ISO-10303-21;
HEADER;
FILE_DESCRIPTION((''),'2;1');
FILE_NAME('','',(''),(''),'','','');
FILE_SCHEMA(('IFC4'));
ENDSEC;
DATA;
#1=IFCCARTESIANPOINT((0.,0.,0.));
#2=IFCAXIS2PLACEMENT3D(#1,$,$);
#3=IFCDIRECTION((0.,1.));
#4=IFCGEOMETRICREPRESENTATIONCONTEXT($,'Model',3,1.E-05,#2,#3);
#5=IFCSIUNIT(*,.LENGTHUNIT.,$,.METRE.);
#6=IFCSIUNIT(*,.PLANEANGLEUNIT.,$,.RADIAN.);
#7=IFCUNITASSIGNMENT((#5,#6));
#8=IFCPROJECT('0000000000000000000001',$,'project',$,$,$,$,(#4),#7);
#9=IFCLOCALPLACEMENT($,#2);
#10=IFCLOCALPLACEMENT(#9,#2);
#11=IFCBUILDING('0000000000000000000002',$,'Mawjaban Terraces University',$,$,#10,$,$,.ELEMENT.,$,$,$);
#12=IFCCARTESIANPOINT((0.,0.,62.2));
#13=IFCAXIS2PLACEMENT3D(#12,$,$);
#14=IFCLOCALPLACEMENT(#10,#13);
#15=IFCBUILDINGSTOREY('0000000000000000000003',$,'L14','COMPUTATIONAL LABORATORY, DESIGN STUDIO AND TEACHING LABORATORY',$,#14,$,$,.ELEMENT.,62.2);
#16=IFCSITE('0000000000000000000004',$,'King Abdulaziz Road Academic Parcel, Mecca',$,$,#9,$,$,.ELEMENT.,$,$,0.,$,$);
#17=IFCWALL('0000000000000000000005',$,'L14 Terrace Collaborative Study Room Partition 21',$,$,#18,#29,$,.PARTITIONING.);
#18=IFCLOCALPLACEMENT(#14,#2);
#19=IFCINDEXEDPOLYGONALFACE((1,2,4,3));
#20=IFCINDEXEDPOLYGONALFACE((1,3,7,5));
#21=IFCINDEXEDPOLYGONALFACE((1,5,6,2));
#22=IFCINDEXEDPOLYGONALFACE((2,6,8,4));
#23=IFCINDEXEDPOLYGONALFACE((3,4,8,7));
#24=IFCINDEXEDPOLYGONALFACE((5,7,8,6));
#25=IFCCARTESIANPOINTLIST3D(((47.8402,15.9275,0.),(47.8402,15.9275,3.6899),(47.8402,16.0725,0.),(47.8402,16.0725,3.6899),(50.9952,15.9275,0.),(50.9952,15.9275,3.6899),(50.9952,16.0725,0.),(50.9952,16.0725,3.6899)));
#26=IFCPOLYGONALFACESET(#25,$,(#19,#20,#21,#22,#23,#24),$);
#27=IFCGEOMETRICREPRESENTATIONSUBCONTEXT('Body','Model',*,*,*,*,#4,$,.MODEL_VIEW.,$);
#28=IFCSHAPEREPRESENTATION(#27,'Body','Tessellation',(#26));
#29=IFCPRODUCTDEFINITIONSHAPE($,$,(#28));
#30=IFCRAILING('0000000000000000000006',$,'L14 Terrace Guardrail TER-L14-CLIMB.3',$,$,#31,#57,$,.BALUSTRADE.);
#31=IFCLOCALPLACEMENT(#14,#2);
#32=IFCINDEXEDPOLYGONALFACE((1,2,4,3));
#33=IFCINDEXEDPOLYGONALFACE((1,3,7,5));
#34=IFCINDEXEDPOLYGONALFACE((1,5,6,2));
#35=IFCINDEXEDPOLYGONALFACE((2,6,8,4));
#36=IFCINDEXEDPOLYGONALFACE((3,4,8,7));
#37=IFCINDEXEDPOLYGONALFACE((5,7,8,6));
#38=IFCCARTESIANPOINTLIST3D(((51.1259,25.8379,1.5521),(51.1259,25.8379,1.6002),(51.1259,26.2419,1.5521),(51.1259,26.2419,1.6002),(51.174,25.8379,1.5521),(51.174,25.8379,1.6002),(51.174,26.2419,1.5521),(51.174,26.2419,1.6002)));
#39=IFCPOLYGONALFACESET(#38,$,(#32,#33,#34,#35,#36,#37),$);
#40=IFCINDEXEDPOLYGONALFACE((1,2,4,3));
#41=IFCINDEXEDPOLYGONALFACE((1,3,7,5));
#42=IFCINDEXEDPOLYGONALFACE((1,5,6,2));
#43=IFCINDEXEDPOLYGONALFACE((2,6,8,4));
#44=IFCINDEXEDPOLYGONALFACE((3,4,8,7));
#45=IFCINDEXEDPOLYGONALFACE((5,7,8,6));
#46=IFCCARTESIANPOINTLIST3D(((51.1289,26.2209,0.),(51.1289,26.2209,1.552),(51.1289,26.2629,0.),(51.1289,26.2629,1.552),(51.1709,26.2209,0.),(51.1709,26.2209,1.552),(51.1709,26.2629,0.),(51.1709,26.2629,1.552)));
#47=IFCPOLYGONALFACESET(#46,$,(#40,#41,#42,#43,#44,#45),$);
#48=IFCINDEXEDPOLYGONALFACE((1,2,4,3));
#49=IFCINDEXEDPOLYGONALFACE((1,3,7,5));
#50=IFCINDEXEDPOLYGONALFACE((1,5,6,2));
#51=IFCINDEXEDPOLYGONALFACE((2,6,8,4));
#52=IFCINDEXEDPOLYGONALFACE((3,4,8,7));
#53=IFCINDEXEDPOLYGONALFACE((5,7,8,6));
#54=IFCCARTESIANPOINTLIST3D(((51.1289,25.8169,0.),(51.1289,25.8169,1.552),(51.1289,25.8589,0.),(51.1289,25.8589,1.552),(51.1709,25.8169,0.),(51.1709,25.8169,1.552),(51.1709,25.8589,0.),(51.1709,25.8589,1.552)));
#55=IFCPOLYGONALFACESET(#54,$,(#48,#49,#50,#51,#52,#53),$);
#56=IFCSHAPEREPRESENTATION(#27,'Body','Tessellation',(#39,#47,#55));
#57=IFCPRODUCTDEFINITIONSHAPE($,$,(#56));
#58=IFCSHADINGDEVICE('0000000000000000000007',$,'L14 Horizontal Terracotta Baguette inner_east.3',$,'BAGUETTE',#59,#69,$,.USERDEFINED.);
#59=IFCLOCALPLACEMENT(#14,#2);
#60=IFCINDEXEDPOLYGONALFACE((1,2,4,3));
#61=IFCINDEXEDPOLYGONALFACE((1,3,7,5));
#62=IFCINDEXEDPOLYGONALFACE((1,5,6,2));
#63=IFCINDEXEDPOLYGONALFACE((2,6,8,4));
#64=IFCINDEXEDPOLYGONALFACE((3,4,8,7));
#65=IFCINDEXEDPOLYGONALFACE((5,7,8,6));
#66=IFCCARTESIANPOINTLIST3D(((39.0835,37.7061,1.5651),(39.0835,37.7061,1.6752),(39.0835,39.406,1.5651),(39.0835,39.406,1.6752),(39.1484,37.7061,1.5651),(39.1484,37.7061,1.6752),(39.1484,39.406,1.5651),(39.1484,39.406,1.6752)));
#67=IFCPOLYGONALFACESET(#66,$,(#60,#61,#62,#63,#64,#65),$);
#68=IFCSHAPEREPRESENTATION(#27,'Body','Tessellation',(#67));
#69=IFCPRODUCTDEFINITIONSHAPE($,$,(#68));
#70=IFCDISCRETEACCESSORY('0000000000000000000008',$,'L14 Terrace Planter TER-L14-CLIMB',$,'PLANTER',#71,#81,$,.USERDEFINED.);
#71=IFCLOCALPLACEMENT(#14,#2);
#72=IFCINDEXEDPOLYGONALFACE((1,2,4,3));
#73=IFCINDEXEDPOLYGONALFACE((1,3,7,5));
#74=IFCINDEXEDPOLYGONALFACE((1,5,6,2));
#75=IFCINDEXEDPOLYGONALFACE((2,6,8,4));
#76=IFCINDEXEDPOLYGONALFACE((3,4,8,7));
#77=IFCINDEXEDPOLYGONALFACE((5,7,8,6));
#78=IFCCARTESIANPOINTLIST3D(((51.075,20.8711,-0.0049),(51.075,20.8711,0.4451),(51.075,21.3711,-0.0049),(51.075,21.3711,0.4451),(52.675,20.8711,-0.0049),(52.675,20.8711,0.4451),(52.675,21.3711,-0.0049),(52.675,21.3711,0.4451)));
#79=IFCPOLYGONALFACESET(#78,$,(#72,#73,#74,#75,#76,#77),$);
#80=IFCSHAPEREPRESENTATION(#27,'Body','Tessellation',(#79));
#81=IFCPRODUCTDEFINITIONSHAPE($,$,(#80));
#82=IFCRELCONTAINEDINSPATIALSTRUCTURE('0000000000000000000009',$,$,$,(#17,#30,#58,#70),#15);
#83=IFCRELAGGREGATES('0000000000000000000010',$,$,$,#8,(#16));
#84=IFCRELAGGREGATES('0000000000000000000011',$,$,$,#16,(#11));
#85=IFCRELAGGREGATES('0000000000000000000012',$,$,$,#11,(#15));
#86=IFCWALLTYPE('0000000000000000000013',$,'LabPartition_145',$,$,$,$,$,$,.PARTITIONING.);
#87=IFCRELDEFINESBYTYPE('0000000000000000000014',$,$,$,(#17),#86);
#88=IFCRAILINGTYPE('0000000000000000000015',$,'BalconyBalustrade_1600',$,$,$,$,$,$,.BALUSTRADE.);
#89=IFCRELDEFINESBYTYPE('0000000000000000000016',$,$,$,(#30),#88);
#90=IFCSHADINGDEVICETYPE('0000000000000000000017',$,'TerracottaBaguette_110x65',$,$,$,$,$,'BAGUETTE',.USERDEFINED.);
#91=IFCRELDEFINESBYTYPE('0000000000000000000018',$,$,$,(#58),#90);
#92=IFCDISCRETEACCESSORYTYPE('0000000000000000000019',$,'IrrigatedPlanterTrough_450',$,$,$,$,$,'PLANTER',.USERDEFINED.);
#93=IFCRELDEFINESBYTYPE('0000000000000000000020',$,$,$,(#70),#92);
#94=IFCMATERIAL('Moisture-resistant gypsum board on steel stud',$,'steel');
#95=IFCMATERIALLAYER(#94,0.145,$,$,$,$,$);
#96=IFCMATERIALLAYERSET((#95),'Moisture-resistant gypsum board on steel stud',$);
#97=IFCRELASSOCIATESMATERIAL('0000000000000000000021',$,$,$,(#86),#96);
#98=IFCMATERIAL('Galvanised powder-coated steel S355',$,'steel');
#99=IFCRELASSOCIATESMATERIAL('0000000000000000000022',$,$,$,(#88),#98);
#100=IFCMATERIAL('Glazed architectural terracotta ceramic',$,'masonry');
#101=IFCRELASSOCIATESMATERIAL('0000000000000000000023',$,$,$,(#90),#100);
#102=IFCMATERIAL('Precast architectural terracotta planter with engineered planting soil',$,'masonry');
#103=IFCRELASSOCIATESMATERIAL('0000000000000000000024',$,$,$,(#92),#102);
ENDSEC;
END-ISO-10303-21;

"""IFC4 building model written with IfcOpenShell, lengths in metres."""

from ifc_helpers import new_model, si_unit, direction, frame, frame_2d, origin, origin_2d, place, context, subcontext, project, spatial, rectangle, extrude, material, layer, layer_set, material_profile, profile_set, type_object, element, save


model = new_model("IFC4")

# Units and contexts
model_context = context("Model", 3, precision=1e-05, world=origin(), true_north=direction((0.0, 1.0)))
body_context = subcontext(model_context, "Body", "Model", "MODEL_VIEW")
ifc_project = project(units=[si_unit("LENGTHUNIT", "METRE"), si_unit("PLANEANGLEUNIT", "RADIAN")], contexts=[model_context])

# Site, building, storey
site_placement = place(None, origin())
site = spatial("IfcSite", under=ifc_project, at=site_placement, Name="King Abdulaziz Road Academic Parcel, Mecca", CompositionType="ELEMENT", RefElevation=0.0)
building_placement = place(site_placement, origin())
building = spatial("IfcBuilding", under=site, at=building_placement, Name="Mawjaban Terraces University", CompositionType="ELEMENT")
storey_placement = place(building_placement, frame((0.0, 0.0, 62.2)))
storey = spatial("IfcBuildingStorey", under=building, at=storey_placement, Name="L14", Description="COMPUTATIONAL LABORATORY, DESIGN STUDIO AND TEACHING LABORATORY", CompositionType="ELEMENT", Elevation=62.2)

# Wall
ifc_material_1 = material(Name="Moisture-resistant gypsum board on steel stud", Category="steel")
ifc_layer_1 = layer(ifc_material_1, 0.145)
ifc_layer_set_1 = layer_set([ifc_layer_1], Name="Moisture-resistant gypsum board on steel stud")
wall_type_1 = type_object("IfcWallType", Name="LabPartition_145", PredefinedType="PARTITIONING", material=ifc_layer_set_1)
wall_1_placement = place(storey_placement, frame((47.8401, 16.0, 0.0), z_axis=(0.0, 0.0, 1.0), x_axis=(1.0, 0.0, 0.0)))
element("IfcWall", 1, at=wall_1_placement, inside=storey, type_object=wall_type_1, Name="L14 Terrace Collaborative Study Room Partition 21", PredefinedType="PARTITIONING", context=body_context, shape_type="SweptSolid", body=[
    extrude(rectangle(XDim=3.155, YDim=0.145, at=frame_2d((1.5776, 0.0))), origin(), (0.0, 0.0, 1.0), 3.6899),
])

# Railing
ifc_material_2 = material(Name="Galvanised powder-coated steel S355", Category="steel")
railing_type = type_object("IfcRailingType", Name="BalconyBalustrade_1600", PredefinedType="BALUSTRADE", material=ifc_material_2)
railing_placement = place(storey_placement, frame((51.1499, 26.2419, 0.0)))
element("IfcRailing", 2, at=railing_placement, inside=storey, type_object=railing_type, Name="L14 Terrace Guardrail TER-L14-CLIMB.3", PredefinedType="BALUSTRADE", context=body_context, shape_type="SweptSolid", body=[
    extrude(rectangle(XDim=0.0481, YDim=0.0481, at=origin_2d()), frame((0.0, 0.0, 1.5762), z_axis=(0.0, -1.0, 0.0), x_axis=(1.0, 0.0, 0.0)), (0.0, 0.0, 1.0), 0.4041),
    extrude(rectangle(XDim=0.042, YDim=0.042, at=origin_2d()), origin(), (0.0, 0.0, 1.0), 1.552),
    extrude(rectangle(XDim=0.042, YDim=0.042, at=origin_2d()), frame((0.0, -0.4041, 0.0)), (0.0, 0.0, 1.0), 1.552),
])

# Shading device
ifc_material_3 = material(Name="Glazed architectural terracotta ceramic", Category="masonry")
ifc_material_profile_1 = material_profile(ifc_material_3, rectangle(XDim=0.0649, YDim=0.1101, at=origin_2d()), Name="TBAG110X65")
ifc_profile_set_1 = profile_set([ifc_material_profile_1], Name="Glazed architectural terracotta ceramic")
shading_device_type = type_object("IfcShadingDeviceType", Name="TerracottaBaguette_110x65", ElementType="BAGUETTE", PredefinedType="USERDEFINED", material=ifc_profile_set_1)
shading_device_placement = place(storey_placement, frame((39.116, 37.7061, 1.6201), z_axis=(0.0, 1.0, 0.0), x_axis=(-1.0, 0.0, 0.0)))
element("IfcShadingDevice", 3, at=shading_device_placement, inside=storey, type_object=shading_device_type, Name="L14 Horizontal Terracotta Baguette inner_east.3", ObjectType="BAGUETTE", PredefinedType="USERDEFINED", context=body_context, shape_type="SweptSolid", body=[
    extrude(rectangle(XDim=0.0649, YDim=0.1101, at=origin_2d()), origin(), (0.0, 0.0, 1.0), 1.7),
])

# Discrete accessory
ifc_material_4 = material(Name="Precast architectural terracotta planter with engineered planting soil", Category="masonry")
discrete_accessory_type = type_object("IfcDiscreteAccessoryType", Name="IrrigatedPlanterTrough_450", ElementType="PLANTER", PredefinedType="USERDEFINED", material=ifc_material_4)
discrete_accessory_placement = place(storey_placement, frame((51.875, 21.1211, -0.0049), z_axis=(0.0, 0.0, 1.0), x_axis=(1.0, 0.0, 0.0)))
element("IfcDiscreteAccessory", 4, at=discrete_accessory_placement, inside=storey, type_object=discrete_accessory_type, Name="L14 Terrace Planter TER-L14-CLIMB", ObjectType="PLANTER", PredefinedType="USERDEFINED", context=body_context, shape_type="SweptSolid", body=[
    extrude(rectangle(XDim=1.6001, YDim=0.5, at=origin_2d()), origin(), (0.0, 0.0, 1.0), 0.45),
])

save(model, "model.ifc")
